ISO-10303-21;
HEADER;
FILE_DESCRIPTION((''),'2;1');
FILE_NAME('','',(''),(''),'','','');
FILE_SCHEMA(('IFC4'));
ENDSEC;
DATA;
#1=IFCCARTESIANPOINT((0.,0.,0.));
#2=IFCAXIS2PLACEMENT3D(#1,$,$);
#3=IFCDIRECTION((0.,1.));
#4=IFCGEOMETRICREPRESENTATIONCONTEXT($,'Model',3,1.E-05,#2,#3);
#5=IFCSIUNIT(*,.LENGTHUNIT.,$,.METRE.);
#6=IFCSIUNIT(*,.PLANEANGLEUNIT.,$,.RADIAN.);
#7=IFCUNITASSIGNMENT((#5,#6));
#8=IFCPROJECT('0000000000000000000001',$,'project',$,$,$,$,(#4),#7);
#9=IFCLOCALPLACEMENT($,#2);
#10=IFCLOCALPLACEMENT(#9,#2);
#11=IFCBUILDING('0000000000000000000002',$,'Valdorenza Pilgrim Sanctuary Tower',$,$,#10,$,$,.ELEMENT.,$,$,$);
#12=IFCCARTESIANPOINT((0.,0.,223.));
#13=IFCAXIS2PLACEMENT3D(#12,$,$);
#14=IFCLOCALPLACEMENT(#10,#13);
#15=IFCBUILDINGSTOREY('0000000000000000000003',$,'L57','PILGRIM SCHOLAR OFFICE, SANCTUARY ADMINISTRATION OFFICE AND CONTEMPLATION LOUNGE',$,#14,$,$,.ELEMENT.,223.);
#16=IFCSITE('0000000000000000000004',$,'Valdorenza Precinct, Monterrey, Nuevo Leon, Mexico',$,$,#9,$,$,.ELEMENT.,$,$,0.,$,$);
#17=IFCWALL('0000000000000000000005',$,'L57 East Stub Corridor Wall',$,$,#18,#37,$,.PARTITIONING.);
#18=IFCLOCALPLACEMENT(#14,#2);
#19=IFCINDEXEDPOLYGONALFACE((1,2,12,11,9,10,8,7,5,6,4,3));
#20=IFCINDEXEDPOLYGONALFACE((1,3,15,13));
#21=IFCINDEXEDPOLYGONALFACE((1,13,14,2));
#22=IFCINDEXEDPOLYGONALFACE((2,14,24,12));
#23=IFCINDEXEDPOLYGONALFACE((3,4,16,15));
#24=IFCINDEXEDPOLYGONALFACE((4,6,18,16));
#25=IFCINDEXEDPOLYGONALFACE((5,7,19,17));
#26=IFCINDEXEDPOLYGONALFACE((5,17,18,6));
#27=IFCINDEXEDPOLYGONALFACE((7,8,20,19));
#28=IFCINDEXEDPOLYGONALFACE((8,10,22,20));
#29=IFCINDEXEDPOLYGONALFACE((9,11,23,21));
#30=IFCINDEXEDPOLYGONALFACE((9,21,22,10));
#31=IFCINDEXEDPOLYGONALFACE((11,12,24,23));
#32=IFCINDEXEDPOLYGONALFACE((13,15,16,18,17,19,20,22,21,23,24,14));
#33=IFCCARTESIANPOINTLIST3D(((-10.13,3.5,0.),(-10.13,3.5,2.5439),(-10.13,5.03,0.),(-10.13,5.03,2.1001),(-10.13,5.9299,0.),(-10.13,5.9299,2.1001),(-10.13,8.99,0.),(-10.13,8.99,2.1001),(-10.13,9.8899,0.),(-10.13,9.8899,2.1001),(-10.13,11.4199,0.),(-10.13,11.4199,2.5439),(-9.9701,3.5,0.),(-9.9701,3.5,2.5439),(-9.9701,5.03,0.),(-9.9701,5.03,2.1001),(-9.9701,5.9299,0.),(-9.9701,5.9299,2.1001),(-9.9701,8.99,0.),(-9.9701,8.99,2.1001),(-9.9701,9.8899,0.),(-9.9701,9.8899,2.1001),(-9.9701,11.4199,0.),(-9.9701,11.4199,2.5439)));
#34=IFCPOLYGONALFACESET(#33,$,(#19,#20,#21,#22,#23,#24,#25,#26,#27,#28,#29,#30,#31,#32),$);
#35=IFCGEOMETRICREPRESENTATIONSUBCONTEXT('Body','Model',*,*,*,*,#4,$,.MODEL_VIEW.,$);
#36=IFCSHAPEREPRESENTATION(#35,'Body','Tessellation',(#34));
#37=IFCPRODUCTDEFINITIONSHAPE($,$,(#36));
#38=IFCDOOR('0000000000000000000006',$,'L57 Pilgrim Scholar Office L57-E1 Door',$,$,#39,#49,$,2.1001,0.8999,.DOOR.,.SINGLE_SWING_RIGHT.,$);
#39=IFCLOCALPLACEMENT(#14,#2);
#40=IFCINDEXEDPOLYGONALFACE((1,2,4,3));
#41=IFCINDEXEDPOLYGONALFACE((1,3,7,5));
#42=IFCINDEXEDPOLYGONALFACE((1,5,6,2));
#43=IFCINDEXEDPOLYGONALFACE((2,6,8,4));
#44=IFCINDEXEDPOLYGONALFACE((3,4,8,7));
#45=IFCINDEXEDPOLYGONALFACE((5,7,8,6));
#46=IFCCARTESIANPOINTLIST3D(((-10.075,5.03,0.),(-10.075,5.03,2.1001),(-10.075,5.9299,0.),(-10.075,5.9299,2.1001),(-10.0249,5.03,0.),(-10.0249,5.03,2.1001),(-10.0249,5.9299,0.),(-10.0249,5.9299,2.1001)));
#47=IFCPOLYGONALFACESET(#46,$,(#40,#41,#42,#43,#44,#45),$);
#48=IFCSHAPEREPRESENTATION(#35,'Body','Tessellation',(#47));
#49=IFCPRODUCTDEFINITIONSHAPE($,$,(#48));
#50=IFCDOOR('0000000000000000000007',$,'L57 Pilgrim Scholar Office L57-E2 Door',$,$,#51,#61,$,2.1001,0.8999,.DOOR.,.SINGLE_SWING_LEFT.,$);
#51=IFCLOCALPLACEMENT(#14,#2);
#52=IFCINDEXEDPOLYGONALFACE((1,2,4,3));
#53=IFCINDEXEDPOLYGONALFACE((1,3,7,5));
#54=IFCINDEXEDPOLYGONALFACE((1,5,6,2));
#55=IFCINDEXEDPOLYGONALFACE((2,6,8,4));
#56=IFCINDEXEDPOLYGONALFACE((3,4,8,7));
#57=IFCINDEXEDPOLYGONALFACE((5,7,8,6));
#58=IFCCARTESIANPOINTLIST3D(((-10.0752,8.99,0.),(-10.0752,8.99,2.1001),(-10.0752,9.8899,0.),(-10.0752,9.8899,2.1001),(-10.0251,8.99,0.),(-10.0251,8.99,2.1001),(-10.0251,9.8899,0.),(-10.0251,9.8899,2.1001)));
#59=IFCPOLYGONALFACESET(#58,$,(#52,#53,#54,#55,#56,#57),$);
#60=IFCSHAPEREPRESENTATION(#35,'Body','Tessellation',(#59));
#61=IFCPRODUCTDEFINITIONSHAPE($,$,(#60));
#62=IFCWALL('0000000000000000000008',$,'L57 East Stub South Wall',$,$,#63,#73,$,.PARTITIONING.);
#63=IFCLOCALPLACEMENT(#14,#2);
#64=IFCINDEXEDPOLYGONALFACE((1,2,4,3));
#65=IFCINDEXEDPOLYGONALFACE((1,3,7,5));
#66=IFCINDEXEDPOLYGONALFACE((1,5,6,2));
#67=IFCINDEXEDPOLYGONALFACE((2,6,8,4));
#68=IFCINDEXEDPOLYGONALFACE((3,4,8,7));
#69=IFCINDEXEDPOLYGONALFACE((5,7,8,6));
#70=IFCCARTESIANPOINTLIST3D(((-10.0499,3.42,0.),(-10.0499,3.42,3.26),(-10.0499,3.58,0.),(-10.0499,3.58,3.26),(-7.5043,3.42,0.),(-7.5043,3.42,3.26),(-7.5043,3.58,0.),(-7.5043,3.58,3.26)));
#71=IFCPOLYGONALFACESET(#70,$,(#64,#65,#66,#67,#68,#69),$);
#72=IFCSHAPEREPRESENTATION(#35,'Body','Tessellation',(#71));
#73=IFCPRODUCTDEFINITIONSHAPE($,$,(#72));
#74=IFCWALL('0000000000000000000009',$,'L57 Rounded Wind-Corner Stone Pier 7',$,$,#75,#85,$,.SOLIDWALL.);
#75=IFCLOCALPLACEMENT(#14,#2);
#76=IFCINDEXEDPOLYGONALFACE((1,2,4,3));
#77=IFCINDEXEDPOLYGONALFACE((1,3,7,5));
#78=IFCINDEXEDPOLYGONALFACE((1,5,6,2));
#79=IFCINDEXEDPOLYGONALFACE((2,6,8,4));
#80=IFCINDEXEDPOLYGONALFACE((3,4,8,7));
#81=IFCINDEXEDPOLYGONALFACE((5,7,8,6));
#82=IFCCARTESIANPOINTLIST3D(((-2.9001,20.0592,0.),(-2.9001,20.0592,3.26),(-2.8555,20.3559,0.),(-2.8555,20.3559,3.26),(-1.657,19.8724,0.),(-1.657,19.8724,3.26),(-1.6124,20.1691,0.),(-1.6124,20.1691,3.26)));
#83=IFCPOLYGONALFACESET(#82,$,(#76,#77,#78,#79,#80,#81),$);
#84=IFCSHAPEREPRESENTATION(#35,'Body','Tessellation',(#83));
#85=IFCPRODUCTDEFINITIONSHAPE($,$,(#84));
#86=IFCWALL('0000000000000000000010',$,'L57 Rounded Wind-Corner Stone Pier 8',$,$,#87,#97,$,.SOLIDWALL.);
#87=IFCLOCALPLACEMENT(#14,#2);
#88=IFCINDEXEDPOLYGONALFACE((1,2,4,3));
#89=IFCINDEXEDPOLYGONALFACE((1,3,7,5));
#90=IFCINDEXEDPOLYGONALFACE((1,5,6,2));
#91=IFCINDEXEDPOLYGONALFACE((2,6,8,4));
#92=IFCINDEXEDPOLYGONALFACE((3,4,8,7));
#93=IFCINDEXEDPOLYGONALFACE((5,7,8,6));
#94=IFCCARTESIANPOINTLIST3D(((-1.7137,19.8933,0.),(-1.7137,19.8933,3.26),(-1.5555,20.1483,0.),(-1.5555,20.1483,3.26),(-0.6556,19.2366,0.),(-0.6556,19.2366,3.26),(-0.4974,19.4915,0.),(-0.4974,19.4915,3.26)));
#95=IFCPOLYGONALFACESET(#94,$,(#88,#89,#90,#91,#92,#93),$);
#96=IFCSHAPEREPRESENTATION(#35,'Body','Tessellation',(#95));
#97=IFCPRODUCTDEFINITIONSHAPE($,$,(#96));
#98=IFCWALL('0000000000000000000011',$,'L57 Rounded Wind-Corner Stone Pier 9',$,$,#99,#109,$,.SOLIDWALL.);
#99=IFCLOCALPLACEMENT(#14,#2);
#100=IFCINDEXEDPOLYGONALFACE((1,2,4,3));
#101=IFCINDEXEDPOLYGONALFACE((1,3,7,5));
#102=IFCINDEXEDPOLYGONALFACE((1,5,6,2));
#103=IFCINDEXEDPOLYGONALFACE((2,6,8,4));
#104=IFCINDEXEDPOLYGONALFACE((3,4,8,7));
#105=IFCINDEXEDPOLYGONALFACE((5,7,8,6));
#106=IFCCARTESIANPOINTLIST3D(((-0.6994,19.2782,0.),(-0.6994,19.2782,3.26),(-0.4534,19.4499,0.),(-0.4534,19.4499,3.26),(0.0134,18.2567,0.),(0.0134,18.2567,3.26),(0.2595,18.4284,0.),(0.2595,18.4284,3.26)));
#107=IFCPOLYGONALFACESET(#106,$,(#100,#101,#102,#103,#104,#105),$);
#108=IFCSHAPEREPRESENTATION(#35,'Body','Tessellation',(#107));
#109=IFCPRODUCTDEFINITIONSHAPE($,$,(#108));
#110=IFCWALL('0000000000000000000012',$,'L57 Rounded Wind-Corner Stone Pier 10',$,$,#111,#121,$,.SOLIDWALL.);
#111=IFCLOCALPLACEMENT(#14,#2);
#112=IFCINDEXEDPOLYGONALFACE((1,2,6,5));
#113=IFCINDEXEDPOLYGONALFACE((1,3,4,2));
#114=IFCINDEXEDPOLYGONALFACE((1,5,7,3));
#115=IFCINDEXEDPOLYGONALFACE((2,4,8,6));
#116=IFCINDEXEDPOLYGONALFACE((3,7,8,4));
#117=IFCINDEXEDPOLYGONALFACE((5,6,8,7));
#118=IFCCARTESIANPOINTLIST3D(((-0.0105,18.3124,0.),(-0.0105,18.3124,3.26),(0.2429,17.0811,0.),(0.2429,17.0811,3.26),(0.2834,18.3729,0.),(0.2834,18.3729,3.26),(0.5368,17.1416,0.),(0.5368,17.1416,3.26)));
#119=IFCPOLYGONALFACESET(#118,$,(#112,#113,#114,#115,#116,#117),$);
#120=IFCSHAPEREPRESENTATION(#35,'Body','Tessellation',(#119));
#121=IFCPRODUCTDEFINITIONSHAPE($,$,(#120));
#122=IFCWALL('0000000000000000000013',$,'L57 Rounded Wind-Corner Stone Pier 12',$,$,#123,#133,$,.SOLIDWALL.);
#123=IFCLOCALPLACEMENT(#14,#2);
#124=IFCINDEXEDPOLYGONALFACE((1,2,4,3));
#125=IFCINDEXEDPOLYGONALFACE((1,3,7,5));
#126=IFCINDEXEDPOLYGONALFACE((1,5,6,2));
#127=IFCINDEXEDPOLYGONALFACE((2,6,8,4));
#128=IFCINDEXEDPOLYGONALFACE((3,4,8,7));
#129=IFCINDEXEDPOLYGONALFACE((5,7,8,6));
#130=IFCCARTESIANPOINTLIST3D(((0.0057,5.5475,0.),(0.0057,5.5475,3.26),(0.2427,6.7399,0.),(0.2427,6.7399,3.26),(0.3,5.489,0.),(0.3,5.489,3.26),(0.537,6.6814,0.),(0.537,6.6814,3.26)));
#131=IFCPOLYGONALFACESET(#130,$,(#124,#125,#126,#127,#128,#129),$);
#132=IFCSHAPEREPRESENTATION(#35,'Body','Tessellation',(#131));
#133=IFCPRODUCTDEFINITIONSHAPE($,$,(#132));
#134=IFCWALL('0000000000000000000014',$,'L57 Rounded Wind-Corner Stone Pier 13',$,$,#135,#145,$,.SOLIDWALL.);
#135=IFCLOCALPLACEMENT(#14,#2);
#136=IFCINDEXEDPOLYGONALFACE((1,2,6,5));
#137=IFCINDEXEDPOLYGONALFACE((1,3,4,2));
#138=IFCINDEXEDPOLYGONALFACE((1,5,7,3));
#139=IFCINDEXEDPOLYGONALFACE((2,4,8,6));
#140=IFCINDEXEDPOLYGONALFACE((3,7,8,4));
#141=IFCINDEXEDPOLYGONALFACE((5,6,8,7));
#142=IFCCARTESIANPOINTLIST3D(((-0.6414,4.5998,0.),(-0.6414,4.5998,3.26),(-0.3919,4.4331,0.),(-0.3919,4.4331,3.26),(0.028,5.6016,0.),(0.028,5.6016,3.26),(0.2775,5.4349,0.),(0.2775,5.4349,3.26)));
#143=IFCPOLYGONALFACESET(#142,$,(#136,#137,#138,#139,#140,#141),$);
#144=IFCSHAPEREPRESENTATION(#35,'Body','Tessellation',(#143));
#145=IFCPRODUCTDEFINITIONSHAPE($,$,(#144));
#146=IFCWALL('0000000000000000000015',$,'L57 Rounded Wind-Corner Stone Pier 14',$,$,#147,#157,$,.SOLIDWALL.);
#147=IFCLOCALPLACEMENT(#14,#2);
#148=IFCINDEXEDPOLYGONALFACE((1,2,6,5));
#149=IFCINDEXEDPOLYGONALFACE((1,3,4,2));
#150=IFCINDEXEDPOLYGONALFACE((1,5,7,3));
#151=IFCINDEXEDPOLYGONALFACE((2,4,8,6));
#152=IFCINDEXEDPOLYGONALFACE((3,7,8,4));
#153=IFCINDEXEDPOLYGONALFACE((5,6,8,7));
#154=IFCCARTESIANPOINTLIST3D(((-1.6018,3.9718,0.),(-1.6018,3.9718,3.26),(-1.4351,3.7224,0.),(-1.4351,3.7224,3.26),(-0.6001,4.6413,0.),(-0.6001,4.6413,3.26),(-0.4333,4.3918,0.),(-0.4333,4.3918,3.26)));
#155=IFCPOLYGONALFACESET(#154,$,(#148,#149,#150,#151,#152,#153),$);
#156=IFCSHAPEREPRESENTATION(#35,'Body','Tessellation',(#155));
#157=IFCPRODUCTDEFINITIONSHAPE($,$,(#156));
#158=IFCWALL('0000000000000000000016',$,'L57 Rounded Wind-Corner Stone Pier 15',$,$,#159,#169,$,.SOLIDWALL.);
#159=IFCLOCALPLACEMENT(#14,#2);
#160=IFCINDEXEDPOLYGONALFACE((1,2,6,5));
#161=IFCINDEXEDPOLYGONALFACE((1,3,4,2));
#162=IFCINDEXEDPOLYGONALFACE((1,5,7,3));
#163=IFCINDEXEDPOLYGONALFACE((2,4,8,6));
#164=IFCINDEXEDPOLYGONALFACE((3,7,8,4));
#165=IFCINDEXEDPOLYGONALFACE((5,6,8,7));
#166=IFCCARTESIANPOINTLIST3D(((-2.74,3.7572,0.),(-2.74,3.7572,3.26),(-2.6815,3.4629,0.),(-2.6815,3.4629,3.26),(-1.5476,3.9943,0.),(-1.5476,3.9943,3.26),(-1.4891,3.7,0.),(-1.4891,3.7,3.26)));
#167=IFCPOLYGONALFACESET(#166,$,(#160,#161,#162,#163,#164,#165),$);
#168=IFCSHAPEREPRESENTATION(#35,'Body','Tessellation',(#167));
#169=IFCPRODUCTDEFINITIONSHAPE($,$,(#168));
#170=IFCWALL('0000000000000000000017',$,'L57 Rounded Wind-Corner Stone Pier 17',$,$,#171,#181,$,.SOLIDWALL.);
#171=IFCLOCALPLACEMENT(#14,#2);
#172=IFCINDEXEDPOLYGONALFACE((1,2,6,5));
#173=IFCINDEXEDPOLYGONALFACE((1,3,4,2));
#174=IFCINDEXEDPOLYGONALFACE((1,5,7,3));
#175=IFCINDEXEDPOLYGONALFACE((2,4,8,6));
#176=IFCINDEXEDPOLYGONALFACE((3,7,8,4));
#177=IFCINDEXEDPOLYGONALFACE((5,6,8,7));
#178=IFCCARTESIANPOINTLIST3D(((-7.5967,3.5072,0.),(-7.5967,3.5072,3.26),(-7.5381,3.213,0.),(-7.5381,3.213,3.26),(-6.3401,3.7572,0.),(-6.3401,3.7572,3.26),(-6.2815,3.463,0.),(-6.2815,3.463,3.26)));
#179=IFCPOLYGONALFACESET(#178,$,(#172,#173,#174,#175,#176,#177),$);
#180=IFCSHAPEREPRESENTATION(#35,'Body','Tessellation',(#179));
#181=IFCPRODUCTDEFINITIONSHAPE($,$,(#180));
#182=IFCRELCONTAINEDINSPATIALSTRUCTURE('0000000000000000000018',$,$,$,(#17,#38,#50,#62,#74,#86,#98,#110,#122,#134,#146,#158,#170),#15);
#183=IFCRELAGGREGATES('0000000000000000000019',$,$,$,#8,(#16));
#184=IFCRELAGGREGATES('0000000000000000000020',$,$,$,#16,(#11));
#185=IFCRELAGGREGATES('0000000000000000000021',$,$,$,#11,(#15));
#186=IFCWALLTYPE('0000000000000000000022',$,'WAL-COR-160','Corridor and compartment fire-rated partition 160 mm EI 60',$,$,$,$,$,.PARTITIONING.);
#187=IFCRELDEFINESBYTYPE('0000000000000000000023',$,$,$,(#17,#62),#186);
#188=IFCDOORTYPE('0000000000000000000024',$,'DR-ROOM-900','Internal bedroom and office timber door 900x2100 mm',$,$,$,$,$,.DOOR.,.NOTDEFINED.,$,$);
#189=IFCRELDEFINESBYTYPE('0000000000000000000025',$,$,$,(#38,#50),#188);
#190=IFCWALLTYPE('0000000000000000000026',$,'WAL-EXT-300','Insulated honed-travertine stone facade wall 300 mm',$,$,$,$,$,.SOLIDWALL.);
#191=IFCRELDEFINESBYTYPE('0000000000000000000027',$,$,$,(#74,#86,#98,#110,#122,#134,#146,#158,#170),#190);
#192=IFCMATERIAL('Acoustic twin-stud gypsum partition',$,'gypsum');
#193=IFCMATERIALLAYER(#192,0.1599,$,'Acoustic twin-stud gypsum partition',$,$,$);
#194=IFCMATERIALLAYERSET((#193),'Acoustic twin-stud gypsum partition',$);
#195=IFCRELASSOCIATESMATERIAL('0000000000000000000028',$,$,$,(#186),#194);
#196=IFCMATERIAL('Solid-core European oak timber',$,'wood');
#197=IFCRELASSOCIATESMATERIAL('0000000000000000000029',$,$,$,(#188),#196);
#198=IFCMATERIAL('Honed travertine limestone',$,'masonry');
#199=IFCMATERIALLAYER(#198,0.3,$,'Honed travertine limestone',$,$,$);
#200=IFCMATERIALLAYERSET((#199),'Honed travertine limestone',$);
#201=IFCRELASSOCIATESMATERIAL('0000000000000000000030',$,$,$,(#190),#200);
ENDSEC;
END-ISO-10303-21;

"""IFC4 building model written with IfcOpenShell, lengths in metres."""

from ifc_helpers import new_model, si_unit, direction, frame, frame_2d, origin, place, context, subcontext, project, spatial, rectangle, extrude, material, layer, layer_set, type_object, element, fill, save


model = new_model("IFC4")

# Units and contexts
model_context = context("Model", 3, precision=1e-05, world=origin(), true_north=direction((0.0, 1.0)))
body_context = subcontext(model_context, "Body", "Model", "MODEL_VIEW")
ifc_project = project(units=[si_unit("LENGTHUNIT", "METRE"), si_unit("PLANEANGLEUNIT", "RADIAN")], contexts=[model_context])

# Site, building, storey
site_placement = place(None, origin())
site = spatial("IfcSite", under=ifc_project, at=site_placement, Name="Valdorenza Precinct, Monterrey, Nuevo Leon, Mexico", CompositionType="ELEMENT", RefElevation=0.0)
building_placement = place(site_placement, origin())
building = spatial("IfcBuilding", under=site, at=building_placement, Name="Valdorenza Pilgrim Sanctuary Tower", CompositionType="ELEMENT")
storey_placement = place(building_placement, frame((0.0, 0.0, 223.0)))
storey = spatial("IfcBuildingStorey", under=building, at=storey_placement, Name="L57", Description="PILGRIM SCHOLAR OFFICE, SANCTUARY ADMINISTRATION OFFICE AND CONTEMPLATION LOUNGE", CompositionType="ELEMENT", Elevation=223.0)

# Shared definitions
ifc_material_1 = material(Name="Honed travertine limestone", Category="masonry")

# Wall, openings, doors
ifc_material_2 = material(Name="Acoustic twin-stud gypsum partition", Category="gypsum")
ifc_layer_1 = layer(ifc_material_2, 0.1599, Name="Acoustic twin-stud gypsum partition")
ifc_layer_set_1 = layer_set([ifc_layer_1], Name="Acoustic twin-stud gypsum partition")
wall_type_1 = type_object("IfcWallType", Name="WAL-COR-160", Description="Corridor and compartment fire-rated partition 160 mm EI 60", PredefinedType="PARTITIONING", material=ifc_layer_set_1)
wall_1_placement = place(storey_placement, frame((-10.05, 3.5, 0.0), z_axis=(0.0, 0.0, 1.0), x_axis=(0.0, 1.0, 0.0)))
wall_1 = element("IfcWall", 1, at=wall_1_placement, inside=storey, type_object=wall_type_1, Name="L57 East Stub Corridor Wall", PredefinedType="PARTITIONING", context=body_context, shape_type="SweptSolid", body=[
    extrude(rectangle(XDim=7.9199, YDim=0.1599, at=frame_2d((3.96, 0.0))), origin(), (0.0, 0.0, 1.0), 2.5439),
])
opening_1_placement = place(wall_1_placement, frame((1.53, 0.0, 0.0)))
opening_1 = element("IfcOpeningElement", 2, at=opening_1_placement, cuts=wall_1, PredefinedType="OPENING", context=body_context, shape_type="SweptSolid", body=[
    extrude(rectangle(XDim=0.8999, YDim=2.1001, at=frame_2d((0.45, 1.05))), frame((0.0, 0.0947, 0.0), z_axis=(0.0, -1.0, 0.0), x_axis=(1.0, 0.0, 0.0)), (0.0, 0.0, 1.0), 0.1897),
])
opening_2_placement = place(wall_1_placement, frame((5.49, 0.0, 0.0)))
opening_2 = element("IfcOpeningElement", 3, at=opening_2_placement, cuts=wall_1, PredefinedType="OPENING", context=body_context, shape_type="SweptSolid", body=[
    extrude(rectangle(XDim=0.8999, YDim=2.1001, at=frame_2d((0.45, 1.05))), frame((0.0, 0.0947, 0.0), z_axis=(0.0, -1.0, 0.0), x_axis=(1.0, 0.0, 0.0)), (0.0, 0.0, 1.0), 0.1897),
])
ifc_material_3 = material(Name="Solid-core European oak timber", Category="wood")
door_type = type_object("IfcDoorType", Name="DR-ROOM-900", Description="Internal bedroom and office timber door 900x2100 mm", OperationType="NOTDEFINED", PredefinedType="DOOR", material=ifc_material_3)
door_1_placement = place(opening_1_placement, origin())
door_1 = element("IfcDoor", 4, at=door_1_placement, inside=storey, type_object=door_type, Name="L57 Pilgrim Scholar Office L57-E1 Door", OperationType="SINGLE_SWING_RIGHT", OverallHeight=2.1001, OverallWidth=0.8999, PredefinedType="DOOR", context=body_context, shape_type="SweptSolid", body=[
    extrude(rectangle(XDim=0.8999, YDim=2.1001, at=frame_2d((0.45, 1.05))), frame((0.0, 0.0249, 0.0), z_axis=(0.0, -1.0, 0.0), x_axis=(1.0, 0.0, 0.0)), (0.0, 0.0, 1.0), 0.05),
])
fill(opening_1, door_1)
door_2_placement = place(opening_2_placement, frame((0.8999, 0.0, 0.0), z_axis=(0.0, 0.0, 1.0), x_axis=(-1.0, 0.0, 0.0)))
door_2 = element("IfcDoor", 5, at=door_2_placement, inside=storey, type_object=door_type, Name="L57 Pilgrim Scholar Office L57-E2 Door", OperationType="SINGLE_SWING_LEFT", OverallHeight=2.1001, OverallWidth=0.8999, PredefinedType="DOOR", context=body_context, shape_type="SweptSolid", body=[
    extrude(rectangle(XDim=0.8999, YDim=2.1001, at=frame_2d((0.45, 1.05))), frame((0.0, 0.0249, 0.0), z_axis=(0.0, -1.0, 0.0), x_axis=(1.0, 0.0, 0.0)), (0.0, 0.0, 1.0), 0.05),
])
fill(opening_2, door_2)

# Walls
wall_2_placement = place(storey_placement, frame((-10.05, 3.5, 0.0), z_axis=(0.0, 0.0, 1.0), x_axis=(1.0, 0.0, 0.0)))
element("IfcWall", 6, at=wall_2_placement, inside=storey, type_object=wall_type_1, Name="L57 East Stub South Wall", PredefinedType="PARTITIONING", context=body_context, shape_type="SweptSolid", body=[
    extrude(rectangle(XDim=2.5457, YDim=0.1599, at=frame_2d((1.2729, 0.0))), origin(), (0.0, 0.0, 1.0), 3.26),
])
ifc_layer_2 = layer(ifc_material_1, 0.3, Name="Honed travertine limestone")
ifc_layer_set_2 = layer_set([ifc_layer_2], Name="Honed travertine limestone")
wall_type_2 = type_object("IfcWallType", Name="WAL-EXT-300", Description="Insulated honed-travertine stone facade wall 300 mm", PredefinedType="SOLIDWALL", material=ifc_layer_set_2)
wall_3_placement = place(storey_placement, frame((-2.8777, 20.2075, 0.0), z_axis=(0.0, 0.0, 1.0), x_axis=(0.988902, -0.148568, 0.0)))
element("IfcWall", 7, at=wall_3_placement, inside=storey, type_object=wall_type_2, Name="L57 Rounded Wind-Corner Stone Pier 7", PredefinedType="SOLIDWALL", context=body_context, shape_type="SweptSolid", body=[
    extrude(rectangle(XDim=1.2571, YDim=0.3, at=frame_2d((0.6284, 0.0))), origin(), (0.0, 0.0, 1.0), 3.26),
])
wall_4_placement = place(storey_placement, frame((-1.6345, 20.0208, 0.0), z_axis=(0.0, 0.0, 1.0), x_axis=(0.849646, -0.527353, 0.0)))
element("IfcWall", 8, at=wall_4_placement, inside=storey, type_object=wall_type_2, Name="L57 Rounded Wind-Corner Stone Pier 8", PredefinedType="SOLIDWALL", context=body_context, shape_type="SweptSolid", body=[
    extrude(rectangle(XDim=1.2454, YDim=0.3, at=frame_2d((0.6226, 0.0))), origin(), (0.0, 0.0, 1.0), 3.26),
])
wall_5_placement = place(storey_placement, frame((-0.5764, 19.364, 0.0), z_axis=(0.0, 0.0, 1.0), x_axis=(0.572304, -0.820041, 0.0)))
element("IfcWall", 9, at=wall_5_placement, inside=storey, type_object=wall_type_2, Name="L57 Rounded Wind-Corner Stone Pier 9", PredefinedType="SOLIDWALL", context=body_context, shape_type="SweptSolid", body=[
    extrude(rectangle(XDim=1.2456, YDim=0.3, at=frame_2d((0.6228, 0.0))), origin(), (0.0, 0.0, 1.0), 3.26),
])
wall_6_placement = place(storey_placement, frame((0.1365, 18.3425, 0.0), z_axis=(0.0, 0.0, 1.0), x_axis=(0.201604, -0.979467, 0.0)))
element("IfcWall", 10, at=wall_6_placement, inside=storey, type_object=wall_type_2, Name="L57 Rounded Wind-Corner Stone Pier 10", PredefinedType="SOLIDWALL", context=body_context, shape_type="SweptSolid", body=[
    extrude(rectangle(XDim=1.2571, YDim=0.3, at=frame_2d((0.6284, 0.0))), origin(), (0.0, 0.0, 1.0), 3.26),
])
wall_7_placement = place(storey_placement, frame((0.3899, 6.7107, 0.0), z_axis=(0.0, 0.0, 1.0), x_axis=(-0.194996, -0.980804, 0.0)))
element("IfcWall", 11, at=wall_7_placement, inside=storey, type_object=wall_type_2, Name="L57 Rounded Wind-Corner Stone Pier 12", PredefinedType="SOLIDWALL", context=body_context, shape_type="SweptSolid", body=[
    extrude(rectangle(XDim=1.2158, YDim=0.3, at=frame_2d((0.6079, 0.0))), origin(), (0.0, 0.0, 1.0), 3.26),
])
for number, where, z_axis, x_axis, name in (
    (12, (0.1528, 5.5183, 0.0), (0.0, 0.0, 1.0), (-0.555635, -0.831426, 0.0), "L57 Rounded Wind-Corner Stone Pier 13"),
    (13, (-0.5166, 4.5166, 0.0), (0.0, 0.0, 1.0), (-0.831426, -0.555635, 0.0), "L57 Rounded Wind-Corner Stone Pier 14"),
):
    element("IfcWall", number, at=place(storey_placement, frame(where, z_axis=z_axis, x_axis=x_axis)), inside=storey, type_object=wall_type_2, Name=name, PredefinedType="SOLIDWALL", context=body_context, shape_type="SweptSolid", body=[
        extrude(rectangle(XDim=1.2048, YDim=0.3, at=frame_2d((0.6025, 0.0))), origin(), (0.0, 0.0, 1.0), 3.26),
    ])
wall_8_placement = place(storey_placement, frame((-1.5183, 3.8472, 0.0), z_axis=(0.0, 0.0, 1.0), x_axis=(-0.980804, -0.194996, 0.0)))
element("IfcWall", 14, at=wall_8_placement, inside=storey, type_object=wall_type_2, Name="L57 Rounded Wind-Corner Stone Pier 15", PredefinedType="SOLIDWALL", context=body_context, shape_type="SweptSolid", body=[
    extrude(rectangle(XDim=1.2158, YDim=0.3, at=frame_2d((0.6079, 0.0))), origin(), (0.0, 0.0, 1.0), 3.26),
])
wall_9_placement = place(storey_placement, frame((-6.3108, 3.6101, 0.0), z_axis=(0.0, 0.0, 1.0), x_axis=(-0.980778, -0.195127, 0.0)))
element("IfcWall", 15, at=wall_9_placement, inside=storey, type_object=wall_type_2, Name="L57 Rounded Wind-Corner Stone Pier 17", PredefinedType="SOLIDWALL", context=body_context, shape_type="SweptSolid", body=[
    extrude(rectangle(XDim=1.2812, YDim=0.3, at=frame_2d((0.6406, 0.0))), origin(), (0.0, 0.0, 1.0), 3.26),
])

save(model, "model.ifc")
